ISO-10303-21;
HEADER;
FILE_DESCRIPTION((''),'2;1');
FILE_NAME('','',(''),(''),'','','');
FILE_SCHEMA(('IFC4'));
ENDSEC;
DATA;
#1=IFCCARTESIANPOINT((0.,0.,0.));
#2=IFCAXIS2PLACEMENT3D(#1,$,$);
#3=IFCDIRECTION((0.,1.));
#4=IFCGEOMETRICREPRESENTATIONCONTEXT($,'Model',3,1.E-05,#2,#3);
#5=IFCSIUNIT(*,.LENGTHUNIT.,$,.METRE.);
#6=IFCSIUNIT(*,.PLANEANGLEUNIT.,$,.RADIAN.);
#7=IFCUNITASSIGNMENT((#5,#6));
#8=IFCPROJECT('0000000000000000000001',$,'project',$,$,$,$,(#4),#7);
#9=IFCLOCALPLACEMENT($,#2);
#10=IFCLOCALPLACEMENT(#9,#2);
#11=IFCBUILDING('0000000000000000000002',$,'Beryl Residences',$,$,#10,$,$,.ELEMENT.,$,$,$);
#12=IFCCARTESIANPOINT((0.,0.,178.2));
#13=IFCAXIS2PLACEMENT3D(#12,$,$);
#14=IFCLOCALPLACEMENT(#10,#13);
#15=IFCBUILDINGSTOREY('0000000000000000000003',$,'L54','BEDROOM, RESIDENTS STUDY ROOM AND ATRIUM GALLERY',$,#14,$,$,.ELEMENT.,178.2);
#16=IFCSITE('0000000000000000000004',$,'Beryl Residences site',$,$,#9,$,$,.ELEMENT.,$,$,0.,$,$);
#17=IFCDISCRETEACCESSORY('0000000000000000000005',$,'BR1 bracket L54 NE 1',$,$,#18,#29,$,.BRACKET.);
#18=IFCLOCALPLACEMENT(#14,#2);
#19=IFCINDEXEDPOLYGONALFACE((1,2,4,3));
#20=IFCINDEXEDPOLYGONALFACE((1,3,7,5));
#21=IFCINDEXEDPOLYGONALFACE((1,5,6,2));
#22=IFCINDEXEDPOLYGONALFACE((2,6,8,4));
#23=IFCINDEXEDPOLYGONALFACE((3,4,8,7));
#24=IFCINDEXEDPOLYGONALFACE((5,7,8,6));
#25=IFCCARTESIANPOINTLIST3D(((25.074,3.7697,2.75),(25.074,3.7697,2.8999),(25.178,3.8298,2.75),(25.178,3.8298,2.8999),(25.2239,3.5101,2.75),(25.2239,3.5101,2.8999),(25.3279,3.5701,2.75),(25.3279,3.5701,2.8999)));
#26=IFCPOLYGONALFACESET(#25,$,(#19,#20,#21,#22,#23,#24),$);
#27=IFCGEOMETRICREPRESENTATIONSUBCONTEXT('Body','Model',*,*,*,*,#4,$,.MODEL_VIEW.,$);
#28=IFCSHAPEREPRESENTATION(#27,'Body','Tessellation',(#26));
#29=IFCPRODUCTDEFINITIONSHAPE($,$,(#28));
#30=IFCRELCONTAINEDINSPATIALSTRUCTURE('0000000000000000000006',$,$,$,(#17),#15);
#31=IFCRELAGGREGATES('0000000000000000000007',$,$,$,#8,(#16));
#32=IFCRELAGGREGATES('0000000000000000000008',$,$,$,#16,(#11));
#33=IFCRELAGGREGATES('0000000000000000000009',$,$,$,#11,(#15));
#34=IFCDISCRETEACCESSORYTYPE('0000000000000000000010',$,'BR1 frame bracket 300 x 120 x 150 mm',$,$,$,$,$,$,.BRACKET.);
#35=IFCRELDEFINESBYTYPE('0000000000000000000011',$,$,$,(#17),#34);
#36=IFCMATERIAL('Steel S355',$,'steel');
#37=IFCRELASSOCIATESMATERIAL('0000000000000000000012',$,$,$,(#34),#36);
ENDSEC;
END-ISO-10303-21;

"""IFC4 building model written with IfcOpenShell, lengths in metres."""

from ifc_helpers import new_model, si_unit, direction, frame, origin, place, context, subcontext, project, spatial, polyline, outline, extrude, source, transform, mapped, material, type_object, type_shapes, element, save


model = new_model("IFC4")

# Units and contexts
model_context = context("Model", 3, precision=1e-05, world=origin(), true_north=direction((0.0, 1.0)))
body_context = subcontext(model_context, "Body", "Model", "MODEL_VIEW")
ifc_project = project(units=[si_unit("LENGTHUNIT", "METRE"), si_unit("PLANEANGLEUNIT", "RADIAN")], contexts=[model_context])

# Site, building, storey
site_placement = place(None, origin())
site = spatial("IfcSite", under=ifc_project, at=site_placement, Name="Beryl Residences site", CompositionType="ELEMENT", RefElevation=0.0)
building_placement = place(site_placement, origin())
building = spatial("IfcBuilding", under=site, at=building_placement, Name="Beryl Residences", CompositionType="ELEMENT")
storey_placement = place(building_placement, frame((0.0, 0.0, 178.2)))
storey = spatial("IfcBuildingStorey", under=building, at=storey_placement, Name="L54", Description="BEDROOM, RESIDENTS STUDY ROOM AND ATRIUM GALLERY", CompositionType="ELEMENT", Elevation=178.2)

# Discrete accessory
ifc_material_1 = material(Name="Steel S355", Category="steel")
discrete_accessory_type = type_object("IfcDiscreteAccessoryType", Name="BR1 frame bracket 300 x 120 x 150 mm", PredefinedType="BRACKET", material=ifc_material_1)
shared_shape_1 = source(origin(), body_context, "Body", "SweptSolid", [
    extrude(outline(polyline([(-0.1499, 0.0), (0.1499, 0.0), (0.1499, 0.1201), (-0.1499, 0.1201), (-0.1499, 0.0)])), origin(), (0.0, 0.0, 1.0), 0.1499),
])
type_shapes(discrete_accessory_type, [shared_shape_1])
discrete_accessory_placement = place(storey_placement, frame((25.1489, 3.6399, 2.75), z_axis=(0.0, 0.0, 1.0), x_axis=(0.5, -0.866025, 0.0)))
element("IfcDiscreteAccessory", 1, at=discrete_accessory_placement, inside=storey, type_object=discrete_accessory_type, Name="BR1 bracket L54 NE 1", PredefinedType="BRACKET", context=body_context, shape_type="MappedRepresentation", body=[
    mapped(shared_shape_1, transform((0.0, 0.0, 0.0))),
])

save(model, "model.ifc")
